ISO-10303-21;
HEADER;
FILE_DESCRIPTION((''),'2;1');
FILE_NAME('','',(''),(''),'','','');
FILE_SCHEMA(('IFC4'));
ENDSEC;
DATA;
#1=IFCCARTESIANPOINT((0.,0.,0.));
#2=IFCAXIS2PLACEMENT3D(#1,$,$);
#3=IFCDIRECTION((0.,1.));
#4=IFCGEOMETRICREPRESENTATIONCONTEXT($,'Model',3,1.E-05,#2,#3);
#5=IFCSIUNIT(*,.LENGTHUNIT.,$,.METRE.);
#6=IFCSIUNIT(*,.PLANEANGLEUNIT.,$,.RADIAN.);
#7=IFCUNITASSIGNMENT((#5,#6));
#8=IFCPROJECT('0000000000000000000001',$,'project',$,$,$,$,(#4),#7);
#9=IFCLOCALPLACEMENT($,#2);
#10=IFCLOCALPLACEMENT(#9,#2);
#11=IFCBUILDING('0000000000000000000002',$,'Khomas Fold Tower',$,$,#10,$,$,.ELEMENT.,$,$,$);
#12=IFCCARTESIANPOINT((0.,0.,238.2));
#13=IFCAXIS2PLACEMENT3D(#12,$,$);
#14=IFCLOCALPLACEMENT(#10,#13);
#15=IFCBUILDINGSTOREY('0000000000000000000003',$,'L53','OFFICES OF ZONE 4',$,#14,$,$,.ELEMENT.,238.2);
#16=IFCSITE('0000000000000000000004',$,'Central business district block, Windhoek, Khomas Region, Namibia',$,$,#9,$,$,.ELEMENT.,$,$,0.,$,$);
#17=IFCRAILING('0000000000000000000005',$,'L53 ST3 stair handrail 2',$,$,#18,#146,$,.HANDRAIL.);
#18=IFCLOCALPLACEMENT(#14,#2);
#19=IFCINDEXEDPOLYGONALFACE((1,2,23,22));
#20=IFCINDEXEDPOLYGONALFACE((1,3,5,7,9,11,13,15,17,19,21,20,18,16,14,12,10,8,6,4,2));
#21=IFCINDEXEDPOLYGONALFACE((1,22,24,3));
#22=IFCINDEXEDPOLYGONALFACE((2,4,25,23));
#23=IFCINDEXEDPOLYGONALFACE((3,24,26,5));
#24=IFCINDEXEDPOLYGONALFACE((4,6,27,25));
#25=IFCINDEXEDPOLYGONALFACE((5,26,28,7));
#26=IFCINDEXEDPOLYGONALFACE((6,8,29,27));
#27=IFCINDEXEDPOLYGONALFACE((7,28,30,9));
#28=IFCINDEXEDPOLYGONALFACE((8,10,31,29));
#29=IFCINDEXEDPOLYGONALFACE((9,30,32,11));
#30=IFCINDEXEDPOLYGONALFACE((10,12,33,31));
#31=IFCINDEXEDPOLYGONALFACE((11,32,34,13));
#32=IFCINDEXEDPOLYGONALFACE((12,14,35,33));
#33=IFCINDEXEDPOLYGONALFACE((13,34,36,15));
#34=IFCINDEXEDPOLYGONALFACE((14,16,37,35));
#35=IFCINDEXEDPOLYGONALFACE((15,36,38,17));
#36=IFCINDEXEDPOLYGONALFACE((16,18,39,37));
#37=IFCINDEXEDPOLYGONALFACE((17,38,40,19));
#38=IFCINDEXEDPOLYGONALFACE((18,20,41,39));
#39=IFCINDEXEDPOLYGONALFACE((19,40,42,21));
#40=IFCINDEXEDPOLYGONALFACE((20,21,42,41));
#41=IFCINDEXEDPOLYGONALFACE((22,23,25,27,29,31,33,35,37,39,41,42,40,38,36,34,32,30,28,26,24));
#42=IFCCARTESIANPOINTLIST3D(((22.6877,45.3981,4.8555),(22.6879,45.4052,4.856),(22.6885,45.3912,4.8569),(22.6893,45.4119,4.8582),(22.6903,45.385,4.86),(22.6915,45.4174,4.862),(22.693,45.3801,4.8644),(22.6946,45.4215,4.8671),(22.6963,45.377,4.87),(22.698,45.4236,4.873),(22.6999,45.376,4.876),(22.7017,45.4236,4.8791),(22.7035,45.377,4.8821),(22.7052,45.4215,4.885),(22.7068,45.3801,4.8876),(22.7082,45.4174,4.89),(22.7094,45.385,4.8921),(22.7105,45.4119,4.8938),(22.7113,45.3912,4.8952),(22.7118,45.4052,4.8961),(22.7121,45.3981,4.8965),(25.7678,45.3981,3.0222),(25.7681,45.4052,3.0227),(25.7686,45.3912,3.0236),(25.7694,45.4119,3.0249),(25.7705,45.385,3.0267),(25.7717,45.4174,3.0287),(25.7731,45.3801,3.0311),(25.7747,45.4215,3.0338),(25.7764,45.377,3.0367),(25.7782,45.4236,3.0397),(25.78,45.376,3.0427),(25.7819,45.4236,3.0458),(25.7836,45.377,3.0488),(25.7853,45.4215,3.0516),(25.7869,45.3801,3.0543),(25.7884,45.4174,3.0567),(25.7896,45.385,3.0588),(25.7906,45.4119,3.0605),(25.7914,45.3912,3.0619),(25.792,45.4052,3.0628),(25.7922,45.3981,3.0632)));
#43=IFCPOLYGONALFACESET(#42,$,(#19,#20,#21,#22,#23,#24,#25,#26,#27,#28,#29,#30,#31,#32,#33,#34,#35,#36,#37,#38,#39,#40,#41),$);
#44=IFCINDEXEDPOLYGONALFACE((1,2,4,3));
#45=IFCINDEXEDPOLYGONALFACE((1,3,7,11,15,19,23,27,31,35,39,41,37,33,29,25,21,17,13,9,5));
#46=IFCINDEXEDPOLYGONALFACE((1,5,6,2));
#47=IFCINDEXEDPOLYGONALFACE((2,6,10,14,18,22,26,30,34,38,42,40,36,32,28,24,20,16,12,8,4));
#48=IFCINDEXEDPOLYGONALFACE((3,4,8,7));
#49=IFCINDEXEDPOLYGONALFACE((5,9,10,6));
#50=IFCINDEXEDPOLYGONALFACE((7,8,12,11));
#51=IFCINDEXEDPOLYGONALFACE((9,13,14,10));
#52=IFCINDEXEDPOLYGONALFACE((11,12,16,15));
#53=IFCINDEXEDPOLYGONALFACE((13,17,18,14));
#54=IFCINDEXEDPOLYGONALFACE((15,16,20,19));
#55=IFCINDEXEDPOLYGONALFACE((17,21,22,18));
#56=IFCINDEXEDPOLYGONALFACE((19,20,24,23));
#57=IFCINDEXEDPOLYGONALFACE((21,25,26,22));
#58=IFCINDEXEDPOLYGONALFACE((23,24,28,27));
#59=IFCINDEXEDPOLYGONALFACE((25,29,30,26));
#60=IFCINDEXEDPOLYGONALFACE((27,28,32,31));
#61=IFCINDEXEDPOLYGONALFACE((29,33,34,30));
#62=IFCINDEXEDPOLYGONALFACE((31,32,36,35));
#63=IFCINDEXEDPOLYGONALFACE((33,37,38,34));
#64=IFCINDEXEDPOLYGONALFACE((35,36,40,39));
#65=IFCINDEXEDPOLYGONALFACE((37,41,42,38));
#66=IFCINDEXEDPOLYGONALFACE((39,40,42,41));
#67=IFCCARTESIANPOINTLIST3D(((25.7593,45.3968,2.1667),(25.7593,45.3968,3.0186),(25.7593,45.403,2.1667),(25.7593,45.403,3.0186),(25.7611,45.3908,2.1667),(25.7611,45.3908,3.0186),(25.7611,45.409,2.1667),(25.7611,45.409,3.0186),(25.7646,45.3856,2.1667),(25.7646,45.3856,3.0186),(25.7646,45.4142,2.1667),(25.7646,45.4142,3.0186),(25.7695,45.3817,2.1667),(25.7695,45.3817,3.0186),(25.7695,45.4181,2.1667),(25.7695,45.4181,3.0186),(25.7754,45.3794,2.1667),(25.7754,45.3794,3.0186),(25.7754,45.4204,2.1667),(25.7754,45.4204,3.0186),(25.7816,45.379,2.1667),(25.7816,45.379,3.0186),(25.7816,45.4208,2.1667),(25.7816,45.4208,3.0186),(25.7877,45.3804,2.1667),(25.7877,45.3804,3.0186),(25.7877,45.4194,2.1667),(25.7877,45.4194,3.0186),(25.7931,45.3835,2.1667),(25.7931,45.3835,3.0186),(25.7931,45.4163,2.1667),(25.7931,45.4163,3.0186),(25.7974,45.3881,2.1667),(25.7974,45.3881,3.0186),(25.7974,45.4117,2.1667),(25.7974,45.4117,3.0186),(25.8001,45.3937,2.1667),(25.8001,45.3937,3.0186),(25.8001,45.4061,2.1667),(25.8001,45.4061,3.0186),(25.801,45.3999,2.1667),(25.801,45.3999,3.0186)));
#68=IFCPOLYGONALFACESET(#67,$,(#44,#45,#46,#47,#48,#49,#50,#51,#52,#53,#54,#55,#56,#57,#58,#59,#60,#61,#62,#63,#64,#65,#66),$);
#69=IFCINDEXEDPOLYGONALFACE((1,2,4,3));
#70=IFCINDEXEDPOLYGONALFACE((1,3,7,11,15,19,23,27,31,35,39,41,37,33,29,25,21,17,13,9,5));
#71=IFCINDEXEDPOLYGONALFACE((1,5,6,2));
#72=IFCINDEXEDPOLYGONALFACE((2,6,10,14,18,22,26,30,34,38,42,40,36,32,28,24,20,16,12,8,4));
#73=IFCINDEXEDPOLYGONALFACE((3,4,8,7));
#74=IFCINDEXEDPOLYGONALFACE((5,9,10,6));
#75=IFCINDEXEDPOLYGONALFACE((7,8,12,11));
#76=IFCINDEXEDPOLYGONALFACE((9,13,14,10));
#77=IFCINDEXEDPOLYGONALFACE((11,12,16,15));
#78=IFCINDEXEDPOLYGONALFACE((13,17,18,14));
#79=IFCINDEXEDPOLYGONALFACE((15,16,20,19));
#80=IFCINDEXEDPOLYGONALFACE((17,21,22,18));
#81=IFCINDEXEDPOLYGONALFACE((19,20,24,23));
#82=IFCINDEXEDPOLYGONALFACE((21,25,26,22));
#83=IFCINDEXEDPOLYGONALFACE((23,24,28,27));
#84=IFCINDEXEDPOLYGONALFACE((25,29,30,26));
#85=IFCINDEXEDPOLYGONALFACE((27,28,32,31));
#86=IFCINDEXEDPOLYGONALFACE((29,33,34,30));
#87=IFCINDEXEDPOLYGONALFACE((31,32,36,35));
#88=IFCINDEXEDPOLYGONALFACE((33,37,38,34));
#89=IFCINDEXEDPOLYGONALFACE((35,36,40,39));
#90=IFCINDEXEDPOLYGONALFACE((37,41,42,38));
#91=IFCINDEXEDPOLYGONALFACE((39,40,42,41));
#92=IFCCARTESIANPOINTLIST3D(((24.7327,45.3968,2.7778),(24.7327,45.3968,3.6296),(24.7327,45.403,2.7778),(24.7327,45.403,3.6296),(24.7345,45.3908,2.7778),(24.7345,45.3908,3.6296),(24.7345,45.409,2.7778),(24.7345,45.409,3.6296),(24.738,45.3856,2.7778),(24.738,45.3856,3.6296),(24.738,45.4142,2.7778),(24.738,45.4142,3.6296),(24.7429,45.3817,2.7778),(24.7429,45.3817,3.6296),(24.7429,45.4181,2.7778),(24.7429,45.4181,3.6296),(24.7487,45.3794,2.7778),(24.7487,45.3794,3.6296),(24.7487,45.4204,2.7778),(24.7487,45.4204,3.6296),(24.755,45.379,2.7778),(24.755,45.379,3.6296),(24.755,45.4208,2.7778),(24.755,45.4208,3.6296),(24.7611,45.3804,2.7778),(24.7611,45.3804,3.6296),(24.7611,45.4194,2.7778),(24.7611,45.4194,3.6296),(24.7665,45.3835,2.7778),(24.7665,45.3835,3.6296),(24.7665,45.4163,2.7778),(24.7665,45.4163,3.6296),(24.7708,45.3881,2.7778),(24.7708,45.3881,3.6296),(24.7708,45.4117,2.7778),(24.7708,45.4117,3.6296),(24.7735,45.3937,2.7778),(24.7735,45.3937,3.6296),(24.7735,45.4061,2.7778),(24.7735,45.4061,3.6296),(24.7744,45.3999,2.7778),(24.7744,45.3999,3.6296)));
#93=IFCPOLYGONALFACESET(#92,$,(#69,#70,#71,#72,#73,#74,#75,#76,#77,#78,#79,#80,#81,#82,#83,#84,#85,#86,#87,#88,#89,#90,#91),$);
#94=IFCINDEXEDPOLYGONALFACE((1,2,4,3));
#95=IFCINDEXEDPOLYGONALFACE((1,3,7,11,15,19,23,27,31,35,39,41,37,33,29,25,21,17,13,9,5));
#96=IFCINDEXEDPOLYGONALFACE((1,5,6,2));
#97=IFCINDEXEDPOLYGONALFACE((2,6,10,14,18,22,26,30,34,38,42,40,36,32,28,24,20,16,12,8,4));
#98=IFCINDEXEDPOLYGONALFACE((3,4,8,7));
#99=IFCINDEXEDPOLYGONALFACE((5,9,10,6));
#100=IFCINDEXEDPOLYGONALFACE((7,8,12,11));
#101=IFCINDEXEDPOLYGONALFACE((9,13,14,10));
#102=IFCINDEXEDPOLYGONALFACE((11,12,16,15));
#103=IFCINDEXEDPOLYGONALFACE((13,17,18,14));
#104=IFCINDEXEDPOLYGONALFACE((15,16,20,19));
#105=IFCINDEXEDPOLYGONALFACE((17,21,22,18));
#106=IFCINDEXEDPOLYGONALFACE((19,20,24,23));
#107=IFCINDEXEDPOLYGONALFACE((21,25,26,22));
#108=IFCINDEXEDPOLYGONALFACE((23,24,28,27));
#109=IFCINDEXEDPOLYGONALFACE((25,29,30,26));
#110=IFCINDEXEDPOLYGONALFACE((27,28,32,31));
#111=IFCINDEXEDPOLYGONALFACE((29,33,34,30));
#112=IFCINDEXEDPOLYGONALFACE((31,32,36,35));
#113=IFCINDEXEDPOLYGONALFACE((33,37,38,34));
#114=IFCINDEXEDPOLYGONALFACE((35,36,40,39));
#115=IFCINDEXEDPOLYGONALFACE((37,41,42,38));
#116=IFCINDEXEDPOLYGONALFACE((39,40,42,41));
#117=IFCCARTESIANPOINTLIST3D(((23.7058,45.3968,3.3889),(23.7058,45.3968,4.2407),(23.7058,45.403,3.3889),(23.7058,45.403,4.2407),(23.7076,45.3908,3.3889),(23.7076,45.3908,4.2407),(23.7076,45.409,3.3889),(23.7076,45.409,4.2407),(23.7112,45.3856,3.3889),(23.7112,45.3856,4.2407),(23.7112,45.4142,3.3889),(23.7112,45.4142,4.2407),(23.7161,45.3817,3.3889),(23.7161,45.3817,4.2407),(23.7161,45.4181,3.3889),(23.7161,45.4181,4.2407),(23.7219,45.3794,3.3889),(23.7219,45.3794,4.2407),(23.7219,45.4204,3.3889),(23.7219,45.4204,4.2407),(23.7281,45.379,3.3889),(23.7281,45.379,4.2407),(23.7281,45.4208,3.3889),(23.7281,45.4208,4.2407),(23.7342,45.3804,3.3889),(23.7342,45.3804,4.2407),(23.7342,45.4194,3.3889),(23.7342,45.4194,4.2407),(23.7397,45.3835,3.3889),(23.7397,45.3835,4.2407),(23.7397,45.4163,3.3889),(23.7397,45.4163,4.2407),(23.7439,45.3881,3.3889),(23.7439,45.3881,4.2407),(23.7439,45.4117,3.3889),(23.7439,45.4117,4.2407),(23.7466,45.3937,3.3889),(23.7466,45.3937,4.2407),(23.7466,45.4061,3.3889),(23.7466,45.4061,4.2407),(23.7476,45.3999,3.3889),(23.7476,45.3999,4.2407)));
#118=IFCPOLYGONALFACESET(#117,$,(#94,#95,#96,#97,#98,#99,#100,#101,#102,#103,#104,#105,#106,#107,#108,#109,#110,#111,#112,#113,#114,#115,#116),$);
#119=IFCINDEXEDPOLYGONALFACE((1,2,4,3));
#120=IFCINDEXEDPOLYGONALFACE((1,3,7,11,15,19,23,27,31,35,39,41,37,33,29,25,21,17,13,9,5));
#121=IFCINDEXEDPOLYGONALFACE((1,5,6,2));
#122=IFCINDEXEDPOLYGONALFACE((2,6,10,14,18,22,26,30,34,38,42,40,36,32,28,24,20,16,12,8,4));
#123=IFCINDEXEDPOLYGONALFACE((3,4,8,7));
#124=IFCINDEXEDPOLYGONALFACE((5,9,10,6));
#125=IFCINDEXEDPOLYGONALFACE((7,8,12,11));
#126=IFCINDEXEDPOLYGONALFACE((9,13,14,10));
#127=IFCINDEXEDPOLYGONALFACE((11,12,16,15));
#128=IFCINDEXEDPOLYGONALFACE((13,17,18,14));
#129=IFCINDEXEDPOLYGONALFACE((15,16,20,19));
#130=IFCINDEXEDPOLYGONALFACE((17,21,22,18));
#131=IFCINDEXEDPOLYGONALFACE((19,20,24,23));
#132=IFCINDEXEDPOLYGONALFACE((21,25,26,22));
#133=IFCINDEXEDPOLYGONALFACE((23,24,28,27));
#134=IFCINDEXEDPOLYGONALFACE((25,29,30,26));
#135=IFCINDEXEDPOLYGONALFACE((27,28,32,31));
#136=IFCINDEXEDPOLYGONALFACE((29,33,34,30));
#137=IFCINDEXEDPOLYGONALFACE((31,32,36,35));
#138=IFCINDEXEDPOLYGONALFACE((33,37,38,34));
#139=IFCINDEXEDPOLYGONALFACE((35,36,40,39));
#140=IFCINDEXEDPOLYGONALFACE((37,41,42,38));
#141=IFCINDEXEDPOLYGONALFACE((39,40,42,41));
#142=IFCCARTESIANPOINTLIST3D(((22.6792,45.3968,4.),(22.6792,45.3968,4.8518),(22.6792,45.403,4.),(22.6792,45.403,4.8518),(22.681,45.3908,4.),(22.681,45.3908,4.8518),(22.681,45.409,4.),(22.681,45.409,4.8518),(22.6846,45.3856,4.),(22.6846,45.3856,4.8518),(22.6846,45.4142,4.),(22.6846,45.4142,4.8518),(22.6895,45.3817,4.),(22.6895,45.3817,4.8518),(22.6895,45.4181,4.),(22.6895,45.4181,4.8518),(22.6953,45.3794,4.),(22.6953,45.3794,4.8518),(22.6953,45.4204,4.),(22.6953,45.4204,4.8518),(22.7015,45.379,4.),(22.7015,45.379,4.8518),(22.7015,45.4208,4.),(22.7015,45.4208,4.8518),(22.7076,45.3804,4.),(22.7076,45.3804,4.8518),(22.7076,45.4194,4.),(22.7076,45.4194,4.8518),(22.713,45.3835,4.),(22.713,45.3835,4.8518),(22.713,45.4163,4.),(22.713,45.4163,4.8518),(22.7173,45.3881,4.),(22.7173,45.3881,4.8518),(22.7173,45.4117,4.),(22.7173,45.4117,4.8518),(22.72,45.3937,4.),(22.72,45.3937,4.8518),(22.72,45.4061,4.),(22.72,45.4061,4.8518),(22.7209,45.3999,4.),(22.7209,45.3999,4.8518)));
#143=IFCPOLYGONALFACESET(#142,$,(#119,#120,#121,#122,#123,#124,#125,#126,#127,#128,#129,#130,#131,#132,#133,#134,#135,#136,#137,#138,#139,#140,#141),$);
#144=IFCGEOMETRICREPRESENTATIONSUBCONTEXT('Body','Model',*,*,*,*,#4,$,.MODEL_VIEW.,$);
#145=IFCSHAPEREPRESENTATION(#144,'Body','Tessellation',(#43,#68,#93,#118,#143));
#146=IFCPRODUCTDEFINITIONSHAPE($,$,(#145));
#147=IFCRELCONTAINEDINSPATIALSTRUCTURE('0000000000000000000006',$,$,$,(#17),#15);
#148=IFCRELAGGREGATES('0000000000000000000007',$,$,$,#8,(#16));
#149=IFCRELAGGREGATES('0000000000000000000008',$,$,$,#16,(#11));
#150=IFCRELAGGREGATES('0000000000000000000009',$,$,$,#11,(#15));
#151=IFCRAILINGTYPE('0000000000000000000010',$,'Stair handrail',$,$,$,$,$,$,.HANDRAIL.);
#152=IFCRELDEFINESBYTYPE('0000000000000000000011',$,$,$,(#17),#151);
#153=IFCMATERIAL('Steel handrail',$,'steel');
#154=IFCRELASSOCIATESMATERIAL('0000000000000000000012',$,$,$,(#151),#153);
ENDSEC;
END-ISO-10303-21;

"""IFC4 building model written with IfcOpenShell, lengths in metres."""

from ifc_helpers import new_model, si_unit, direction, frame, origin, origin_2d, place, context, subcontext, project, spatial, circle, extrude, source, transform, mapped, material, type_object, element, save


model = new_model("IFC4")

# Units and contexts
model_context = context("Model", 3, precision=1e-05, world=origin(), true_north=direction((0.0, 1.0)))
body_context = subcontext(model_context, "Body", "Model", "MODEL_VIEW")
ifc_project = project(units=[si_unit("LENGTHUNIT", "METRE"), si_unit("PLANEANGLEUNIT", "RADIAN")], contexts=[model_context])

# Site, building, storey
site_placement = place(None, origin())
site = spatial("IfcSite", under=ifc_project, at=site_placement, Name="Central business district block, Windhoek, Khomas Region, Namibia", CompositionType="ELEMENT", RefElevation=0.0)
building_placement = place(site_placement, origin())
building = spatial("IfcBuilding", under=site, at=building_placement, Name="Khomas Fold Tower", CompositionType="ELEMENT")
storey_placement = place(building_placement, frame((0.0, 0.0, 238.2)))
storey = spatial("IfcBuildingStorey", under=building, at=storey_placement, Name="L53", Description="OFFICES OF ZONE 4", CompositionType="ELEMENT", Elevation=238.2)

# Railing
ifc_material_1 = material(Name="Steel handrail", Category="steel")
railing_type_1 = type_object("IfcRailingType", Name="Stair handrail", PredefinedType="HANDRAIL", material=ifc_material_1)
shared_shape_1 = source(origin(), body_context, "Body", "SweptSolid", [
    extrude(circle(Radius=0.0239, at=origin_2d()), frame((0.0, 0.0, 0.876), z_axis=(-0.859309, 0.0, 0.511458), x_axis=(0.0, -1.0, 0.0)), (0.0, 0.0, 1.0), 3.5845),
    extrude(circle(Radius=0.021, at=origin_2d()), origin(), (0.0, 0.0, 1.0), 0.8518),
    extrude(circle(Radius=0.021, at=origin_2d()), frame((-1.0266, 0.0, 0.6111)), (0.0, 0.0, 1.0), 0.8518),
    extrude(circle(Radius=0.021, at=origin_2d()), frame((-2.0535, 0.0, 1.2222)), (0.0, 0.0, 1.0), 0.8518),
    extrude(circle(Radius=0.021, at=origin_2d()), frame((-3.0801, 0.0, 1.8333)), (0.0, 0.0, 1.0), 0.8518),
])
railing_1_placement = place(storey_placement, frame((25.78, 45.3999, 2.1667)))
element("IfcRailing", 1, at=railing_1_placement, inside=storey, type_object=railing_type_1, Name="L53 ST3 stair handrail 2", PredefinedType="HANDRAIL", context=body_context, shape_type="MappedRepresentation", body=[
    mapped(shared_shape_1, transform((0.0, 0.0, 0.0))),
])

save(model, "model.ifc")
